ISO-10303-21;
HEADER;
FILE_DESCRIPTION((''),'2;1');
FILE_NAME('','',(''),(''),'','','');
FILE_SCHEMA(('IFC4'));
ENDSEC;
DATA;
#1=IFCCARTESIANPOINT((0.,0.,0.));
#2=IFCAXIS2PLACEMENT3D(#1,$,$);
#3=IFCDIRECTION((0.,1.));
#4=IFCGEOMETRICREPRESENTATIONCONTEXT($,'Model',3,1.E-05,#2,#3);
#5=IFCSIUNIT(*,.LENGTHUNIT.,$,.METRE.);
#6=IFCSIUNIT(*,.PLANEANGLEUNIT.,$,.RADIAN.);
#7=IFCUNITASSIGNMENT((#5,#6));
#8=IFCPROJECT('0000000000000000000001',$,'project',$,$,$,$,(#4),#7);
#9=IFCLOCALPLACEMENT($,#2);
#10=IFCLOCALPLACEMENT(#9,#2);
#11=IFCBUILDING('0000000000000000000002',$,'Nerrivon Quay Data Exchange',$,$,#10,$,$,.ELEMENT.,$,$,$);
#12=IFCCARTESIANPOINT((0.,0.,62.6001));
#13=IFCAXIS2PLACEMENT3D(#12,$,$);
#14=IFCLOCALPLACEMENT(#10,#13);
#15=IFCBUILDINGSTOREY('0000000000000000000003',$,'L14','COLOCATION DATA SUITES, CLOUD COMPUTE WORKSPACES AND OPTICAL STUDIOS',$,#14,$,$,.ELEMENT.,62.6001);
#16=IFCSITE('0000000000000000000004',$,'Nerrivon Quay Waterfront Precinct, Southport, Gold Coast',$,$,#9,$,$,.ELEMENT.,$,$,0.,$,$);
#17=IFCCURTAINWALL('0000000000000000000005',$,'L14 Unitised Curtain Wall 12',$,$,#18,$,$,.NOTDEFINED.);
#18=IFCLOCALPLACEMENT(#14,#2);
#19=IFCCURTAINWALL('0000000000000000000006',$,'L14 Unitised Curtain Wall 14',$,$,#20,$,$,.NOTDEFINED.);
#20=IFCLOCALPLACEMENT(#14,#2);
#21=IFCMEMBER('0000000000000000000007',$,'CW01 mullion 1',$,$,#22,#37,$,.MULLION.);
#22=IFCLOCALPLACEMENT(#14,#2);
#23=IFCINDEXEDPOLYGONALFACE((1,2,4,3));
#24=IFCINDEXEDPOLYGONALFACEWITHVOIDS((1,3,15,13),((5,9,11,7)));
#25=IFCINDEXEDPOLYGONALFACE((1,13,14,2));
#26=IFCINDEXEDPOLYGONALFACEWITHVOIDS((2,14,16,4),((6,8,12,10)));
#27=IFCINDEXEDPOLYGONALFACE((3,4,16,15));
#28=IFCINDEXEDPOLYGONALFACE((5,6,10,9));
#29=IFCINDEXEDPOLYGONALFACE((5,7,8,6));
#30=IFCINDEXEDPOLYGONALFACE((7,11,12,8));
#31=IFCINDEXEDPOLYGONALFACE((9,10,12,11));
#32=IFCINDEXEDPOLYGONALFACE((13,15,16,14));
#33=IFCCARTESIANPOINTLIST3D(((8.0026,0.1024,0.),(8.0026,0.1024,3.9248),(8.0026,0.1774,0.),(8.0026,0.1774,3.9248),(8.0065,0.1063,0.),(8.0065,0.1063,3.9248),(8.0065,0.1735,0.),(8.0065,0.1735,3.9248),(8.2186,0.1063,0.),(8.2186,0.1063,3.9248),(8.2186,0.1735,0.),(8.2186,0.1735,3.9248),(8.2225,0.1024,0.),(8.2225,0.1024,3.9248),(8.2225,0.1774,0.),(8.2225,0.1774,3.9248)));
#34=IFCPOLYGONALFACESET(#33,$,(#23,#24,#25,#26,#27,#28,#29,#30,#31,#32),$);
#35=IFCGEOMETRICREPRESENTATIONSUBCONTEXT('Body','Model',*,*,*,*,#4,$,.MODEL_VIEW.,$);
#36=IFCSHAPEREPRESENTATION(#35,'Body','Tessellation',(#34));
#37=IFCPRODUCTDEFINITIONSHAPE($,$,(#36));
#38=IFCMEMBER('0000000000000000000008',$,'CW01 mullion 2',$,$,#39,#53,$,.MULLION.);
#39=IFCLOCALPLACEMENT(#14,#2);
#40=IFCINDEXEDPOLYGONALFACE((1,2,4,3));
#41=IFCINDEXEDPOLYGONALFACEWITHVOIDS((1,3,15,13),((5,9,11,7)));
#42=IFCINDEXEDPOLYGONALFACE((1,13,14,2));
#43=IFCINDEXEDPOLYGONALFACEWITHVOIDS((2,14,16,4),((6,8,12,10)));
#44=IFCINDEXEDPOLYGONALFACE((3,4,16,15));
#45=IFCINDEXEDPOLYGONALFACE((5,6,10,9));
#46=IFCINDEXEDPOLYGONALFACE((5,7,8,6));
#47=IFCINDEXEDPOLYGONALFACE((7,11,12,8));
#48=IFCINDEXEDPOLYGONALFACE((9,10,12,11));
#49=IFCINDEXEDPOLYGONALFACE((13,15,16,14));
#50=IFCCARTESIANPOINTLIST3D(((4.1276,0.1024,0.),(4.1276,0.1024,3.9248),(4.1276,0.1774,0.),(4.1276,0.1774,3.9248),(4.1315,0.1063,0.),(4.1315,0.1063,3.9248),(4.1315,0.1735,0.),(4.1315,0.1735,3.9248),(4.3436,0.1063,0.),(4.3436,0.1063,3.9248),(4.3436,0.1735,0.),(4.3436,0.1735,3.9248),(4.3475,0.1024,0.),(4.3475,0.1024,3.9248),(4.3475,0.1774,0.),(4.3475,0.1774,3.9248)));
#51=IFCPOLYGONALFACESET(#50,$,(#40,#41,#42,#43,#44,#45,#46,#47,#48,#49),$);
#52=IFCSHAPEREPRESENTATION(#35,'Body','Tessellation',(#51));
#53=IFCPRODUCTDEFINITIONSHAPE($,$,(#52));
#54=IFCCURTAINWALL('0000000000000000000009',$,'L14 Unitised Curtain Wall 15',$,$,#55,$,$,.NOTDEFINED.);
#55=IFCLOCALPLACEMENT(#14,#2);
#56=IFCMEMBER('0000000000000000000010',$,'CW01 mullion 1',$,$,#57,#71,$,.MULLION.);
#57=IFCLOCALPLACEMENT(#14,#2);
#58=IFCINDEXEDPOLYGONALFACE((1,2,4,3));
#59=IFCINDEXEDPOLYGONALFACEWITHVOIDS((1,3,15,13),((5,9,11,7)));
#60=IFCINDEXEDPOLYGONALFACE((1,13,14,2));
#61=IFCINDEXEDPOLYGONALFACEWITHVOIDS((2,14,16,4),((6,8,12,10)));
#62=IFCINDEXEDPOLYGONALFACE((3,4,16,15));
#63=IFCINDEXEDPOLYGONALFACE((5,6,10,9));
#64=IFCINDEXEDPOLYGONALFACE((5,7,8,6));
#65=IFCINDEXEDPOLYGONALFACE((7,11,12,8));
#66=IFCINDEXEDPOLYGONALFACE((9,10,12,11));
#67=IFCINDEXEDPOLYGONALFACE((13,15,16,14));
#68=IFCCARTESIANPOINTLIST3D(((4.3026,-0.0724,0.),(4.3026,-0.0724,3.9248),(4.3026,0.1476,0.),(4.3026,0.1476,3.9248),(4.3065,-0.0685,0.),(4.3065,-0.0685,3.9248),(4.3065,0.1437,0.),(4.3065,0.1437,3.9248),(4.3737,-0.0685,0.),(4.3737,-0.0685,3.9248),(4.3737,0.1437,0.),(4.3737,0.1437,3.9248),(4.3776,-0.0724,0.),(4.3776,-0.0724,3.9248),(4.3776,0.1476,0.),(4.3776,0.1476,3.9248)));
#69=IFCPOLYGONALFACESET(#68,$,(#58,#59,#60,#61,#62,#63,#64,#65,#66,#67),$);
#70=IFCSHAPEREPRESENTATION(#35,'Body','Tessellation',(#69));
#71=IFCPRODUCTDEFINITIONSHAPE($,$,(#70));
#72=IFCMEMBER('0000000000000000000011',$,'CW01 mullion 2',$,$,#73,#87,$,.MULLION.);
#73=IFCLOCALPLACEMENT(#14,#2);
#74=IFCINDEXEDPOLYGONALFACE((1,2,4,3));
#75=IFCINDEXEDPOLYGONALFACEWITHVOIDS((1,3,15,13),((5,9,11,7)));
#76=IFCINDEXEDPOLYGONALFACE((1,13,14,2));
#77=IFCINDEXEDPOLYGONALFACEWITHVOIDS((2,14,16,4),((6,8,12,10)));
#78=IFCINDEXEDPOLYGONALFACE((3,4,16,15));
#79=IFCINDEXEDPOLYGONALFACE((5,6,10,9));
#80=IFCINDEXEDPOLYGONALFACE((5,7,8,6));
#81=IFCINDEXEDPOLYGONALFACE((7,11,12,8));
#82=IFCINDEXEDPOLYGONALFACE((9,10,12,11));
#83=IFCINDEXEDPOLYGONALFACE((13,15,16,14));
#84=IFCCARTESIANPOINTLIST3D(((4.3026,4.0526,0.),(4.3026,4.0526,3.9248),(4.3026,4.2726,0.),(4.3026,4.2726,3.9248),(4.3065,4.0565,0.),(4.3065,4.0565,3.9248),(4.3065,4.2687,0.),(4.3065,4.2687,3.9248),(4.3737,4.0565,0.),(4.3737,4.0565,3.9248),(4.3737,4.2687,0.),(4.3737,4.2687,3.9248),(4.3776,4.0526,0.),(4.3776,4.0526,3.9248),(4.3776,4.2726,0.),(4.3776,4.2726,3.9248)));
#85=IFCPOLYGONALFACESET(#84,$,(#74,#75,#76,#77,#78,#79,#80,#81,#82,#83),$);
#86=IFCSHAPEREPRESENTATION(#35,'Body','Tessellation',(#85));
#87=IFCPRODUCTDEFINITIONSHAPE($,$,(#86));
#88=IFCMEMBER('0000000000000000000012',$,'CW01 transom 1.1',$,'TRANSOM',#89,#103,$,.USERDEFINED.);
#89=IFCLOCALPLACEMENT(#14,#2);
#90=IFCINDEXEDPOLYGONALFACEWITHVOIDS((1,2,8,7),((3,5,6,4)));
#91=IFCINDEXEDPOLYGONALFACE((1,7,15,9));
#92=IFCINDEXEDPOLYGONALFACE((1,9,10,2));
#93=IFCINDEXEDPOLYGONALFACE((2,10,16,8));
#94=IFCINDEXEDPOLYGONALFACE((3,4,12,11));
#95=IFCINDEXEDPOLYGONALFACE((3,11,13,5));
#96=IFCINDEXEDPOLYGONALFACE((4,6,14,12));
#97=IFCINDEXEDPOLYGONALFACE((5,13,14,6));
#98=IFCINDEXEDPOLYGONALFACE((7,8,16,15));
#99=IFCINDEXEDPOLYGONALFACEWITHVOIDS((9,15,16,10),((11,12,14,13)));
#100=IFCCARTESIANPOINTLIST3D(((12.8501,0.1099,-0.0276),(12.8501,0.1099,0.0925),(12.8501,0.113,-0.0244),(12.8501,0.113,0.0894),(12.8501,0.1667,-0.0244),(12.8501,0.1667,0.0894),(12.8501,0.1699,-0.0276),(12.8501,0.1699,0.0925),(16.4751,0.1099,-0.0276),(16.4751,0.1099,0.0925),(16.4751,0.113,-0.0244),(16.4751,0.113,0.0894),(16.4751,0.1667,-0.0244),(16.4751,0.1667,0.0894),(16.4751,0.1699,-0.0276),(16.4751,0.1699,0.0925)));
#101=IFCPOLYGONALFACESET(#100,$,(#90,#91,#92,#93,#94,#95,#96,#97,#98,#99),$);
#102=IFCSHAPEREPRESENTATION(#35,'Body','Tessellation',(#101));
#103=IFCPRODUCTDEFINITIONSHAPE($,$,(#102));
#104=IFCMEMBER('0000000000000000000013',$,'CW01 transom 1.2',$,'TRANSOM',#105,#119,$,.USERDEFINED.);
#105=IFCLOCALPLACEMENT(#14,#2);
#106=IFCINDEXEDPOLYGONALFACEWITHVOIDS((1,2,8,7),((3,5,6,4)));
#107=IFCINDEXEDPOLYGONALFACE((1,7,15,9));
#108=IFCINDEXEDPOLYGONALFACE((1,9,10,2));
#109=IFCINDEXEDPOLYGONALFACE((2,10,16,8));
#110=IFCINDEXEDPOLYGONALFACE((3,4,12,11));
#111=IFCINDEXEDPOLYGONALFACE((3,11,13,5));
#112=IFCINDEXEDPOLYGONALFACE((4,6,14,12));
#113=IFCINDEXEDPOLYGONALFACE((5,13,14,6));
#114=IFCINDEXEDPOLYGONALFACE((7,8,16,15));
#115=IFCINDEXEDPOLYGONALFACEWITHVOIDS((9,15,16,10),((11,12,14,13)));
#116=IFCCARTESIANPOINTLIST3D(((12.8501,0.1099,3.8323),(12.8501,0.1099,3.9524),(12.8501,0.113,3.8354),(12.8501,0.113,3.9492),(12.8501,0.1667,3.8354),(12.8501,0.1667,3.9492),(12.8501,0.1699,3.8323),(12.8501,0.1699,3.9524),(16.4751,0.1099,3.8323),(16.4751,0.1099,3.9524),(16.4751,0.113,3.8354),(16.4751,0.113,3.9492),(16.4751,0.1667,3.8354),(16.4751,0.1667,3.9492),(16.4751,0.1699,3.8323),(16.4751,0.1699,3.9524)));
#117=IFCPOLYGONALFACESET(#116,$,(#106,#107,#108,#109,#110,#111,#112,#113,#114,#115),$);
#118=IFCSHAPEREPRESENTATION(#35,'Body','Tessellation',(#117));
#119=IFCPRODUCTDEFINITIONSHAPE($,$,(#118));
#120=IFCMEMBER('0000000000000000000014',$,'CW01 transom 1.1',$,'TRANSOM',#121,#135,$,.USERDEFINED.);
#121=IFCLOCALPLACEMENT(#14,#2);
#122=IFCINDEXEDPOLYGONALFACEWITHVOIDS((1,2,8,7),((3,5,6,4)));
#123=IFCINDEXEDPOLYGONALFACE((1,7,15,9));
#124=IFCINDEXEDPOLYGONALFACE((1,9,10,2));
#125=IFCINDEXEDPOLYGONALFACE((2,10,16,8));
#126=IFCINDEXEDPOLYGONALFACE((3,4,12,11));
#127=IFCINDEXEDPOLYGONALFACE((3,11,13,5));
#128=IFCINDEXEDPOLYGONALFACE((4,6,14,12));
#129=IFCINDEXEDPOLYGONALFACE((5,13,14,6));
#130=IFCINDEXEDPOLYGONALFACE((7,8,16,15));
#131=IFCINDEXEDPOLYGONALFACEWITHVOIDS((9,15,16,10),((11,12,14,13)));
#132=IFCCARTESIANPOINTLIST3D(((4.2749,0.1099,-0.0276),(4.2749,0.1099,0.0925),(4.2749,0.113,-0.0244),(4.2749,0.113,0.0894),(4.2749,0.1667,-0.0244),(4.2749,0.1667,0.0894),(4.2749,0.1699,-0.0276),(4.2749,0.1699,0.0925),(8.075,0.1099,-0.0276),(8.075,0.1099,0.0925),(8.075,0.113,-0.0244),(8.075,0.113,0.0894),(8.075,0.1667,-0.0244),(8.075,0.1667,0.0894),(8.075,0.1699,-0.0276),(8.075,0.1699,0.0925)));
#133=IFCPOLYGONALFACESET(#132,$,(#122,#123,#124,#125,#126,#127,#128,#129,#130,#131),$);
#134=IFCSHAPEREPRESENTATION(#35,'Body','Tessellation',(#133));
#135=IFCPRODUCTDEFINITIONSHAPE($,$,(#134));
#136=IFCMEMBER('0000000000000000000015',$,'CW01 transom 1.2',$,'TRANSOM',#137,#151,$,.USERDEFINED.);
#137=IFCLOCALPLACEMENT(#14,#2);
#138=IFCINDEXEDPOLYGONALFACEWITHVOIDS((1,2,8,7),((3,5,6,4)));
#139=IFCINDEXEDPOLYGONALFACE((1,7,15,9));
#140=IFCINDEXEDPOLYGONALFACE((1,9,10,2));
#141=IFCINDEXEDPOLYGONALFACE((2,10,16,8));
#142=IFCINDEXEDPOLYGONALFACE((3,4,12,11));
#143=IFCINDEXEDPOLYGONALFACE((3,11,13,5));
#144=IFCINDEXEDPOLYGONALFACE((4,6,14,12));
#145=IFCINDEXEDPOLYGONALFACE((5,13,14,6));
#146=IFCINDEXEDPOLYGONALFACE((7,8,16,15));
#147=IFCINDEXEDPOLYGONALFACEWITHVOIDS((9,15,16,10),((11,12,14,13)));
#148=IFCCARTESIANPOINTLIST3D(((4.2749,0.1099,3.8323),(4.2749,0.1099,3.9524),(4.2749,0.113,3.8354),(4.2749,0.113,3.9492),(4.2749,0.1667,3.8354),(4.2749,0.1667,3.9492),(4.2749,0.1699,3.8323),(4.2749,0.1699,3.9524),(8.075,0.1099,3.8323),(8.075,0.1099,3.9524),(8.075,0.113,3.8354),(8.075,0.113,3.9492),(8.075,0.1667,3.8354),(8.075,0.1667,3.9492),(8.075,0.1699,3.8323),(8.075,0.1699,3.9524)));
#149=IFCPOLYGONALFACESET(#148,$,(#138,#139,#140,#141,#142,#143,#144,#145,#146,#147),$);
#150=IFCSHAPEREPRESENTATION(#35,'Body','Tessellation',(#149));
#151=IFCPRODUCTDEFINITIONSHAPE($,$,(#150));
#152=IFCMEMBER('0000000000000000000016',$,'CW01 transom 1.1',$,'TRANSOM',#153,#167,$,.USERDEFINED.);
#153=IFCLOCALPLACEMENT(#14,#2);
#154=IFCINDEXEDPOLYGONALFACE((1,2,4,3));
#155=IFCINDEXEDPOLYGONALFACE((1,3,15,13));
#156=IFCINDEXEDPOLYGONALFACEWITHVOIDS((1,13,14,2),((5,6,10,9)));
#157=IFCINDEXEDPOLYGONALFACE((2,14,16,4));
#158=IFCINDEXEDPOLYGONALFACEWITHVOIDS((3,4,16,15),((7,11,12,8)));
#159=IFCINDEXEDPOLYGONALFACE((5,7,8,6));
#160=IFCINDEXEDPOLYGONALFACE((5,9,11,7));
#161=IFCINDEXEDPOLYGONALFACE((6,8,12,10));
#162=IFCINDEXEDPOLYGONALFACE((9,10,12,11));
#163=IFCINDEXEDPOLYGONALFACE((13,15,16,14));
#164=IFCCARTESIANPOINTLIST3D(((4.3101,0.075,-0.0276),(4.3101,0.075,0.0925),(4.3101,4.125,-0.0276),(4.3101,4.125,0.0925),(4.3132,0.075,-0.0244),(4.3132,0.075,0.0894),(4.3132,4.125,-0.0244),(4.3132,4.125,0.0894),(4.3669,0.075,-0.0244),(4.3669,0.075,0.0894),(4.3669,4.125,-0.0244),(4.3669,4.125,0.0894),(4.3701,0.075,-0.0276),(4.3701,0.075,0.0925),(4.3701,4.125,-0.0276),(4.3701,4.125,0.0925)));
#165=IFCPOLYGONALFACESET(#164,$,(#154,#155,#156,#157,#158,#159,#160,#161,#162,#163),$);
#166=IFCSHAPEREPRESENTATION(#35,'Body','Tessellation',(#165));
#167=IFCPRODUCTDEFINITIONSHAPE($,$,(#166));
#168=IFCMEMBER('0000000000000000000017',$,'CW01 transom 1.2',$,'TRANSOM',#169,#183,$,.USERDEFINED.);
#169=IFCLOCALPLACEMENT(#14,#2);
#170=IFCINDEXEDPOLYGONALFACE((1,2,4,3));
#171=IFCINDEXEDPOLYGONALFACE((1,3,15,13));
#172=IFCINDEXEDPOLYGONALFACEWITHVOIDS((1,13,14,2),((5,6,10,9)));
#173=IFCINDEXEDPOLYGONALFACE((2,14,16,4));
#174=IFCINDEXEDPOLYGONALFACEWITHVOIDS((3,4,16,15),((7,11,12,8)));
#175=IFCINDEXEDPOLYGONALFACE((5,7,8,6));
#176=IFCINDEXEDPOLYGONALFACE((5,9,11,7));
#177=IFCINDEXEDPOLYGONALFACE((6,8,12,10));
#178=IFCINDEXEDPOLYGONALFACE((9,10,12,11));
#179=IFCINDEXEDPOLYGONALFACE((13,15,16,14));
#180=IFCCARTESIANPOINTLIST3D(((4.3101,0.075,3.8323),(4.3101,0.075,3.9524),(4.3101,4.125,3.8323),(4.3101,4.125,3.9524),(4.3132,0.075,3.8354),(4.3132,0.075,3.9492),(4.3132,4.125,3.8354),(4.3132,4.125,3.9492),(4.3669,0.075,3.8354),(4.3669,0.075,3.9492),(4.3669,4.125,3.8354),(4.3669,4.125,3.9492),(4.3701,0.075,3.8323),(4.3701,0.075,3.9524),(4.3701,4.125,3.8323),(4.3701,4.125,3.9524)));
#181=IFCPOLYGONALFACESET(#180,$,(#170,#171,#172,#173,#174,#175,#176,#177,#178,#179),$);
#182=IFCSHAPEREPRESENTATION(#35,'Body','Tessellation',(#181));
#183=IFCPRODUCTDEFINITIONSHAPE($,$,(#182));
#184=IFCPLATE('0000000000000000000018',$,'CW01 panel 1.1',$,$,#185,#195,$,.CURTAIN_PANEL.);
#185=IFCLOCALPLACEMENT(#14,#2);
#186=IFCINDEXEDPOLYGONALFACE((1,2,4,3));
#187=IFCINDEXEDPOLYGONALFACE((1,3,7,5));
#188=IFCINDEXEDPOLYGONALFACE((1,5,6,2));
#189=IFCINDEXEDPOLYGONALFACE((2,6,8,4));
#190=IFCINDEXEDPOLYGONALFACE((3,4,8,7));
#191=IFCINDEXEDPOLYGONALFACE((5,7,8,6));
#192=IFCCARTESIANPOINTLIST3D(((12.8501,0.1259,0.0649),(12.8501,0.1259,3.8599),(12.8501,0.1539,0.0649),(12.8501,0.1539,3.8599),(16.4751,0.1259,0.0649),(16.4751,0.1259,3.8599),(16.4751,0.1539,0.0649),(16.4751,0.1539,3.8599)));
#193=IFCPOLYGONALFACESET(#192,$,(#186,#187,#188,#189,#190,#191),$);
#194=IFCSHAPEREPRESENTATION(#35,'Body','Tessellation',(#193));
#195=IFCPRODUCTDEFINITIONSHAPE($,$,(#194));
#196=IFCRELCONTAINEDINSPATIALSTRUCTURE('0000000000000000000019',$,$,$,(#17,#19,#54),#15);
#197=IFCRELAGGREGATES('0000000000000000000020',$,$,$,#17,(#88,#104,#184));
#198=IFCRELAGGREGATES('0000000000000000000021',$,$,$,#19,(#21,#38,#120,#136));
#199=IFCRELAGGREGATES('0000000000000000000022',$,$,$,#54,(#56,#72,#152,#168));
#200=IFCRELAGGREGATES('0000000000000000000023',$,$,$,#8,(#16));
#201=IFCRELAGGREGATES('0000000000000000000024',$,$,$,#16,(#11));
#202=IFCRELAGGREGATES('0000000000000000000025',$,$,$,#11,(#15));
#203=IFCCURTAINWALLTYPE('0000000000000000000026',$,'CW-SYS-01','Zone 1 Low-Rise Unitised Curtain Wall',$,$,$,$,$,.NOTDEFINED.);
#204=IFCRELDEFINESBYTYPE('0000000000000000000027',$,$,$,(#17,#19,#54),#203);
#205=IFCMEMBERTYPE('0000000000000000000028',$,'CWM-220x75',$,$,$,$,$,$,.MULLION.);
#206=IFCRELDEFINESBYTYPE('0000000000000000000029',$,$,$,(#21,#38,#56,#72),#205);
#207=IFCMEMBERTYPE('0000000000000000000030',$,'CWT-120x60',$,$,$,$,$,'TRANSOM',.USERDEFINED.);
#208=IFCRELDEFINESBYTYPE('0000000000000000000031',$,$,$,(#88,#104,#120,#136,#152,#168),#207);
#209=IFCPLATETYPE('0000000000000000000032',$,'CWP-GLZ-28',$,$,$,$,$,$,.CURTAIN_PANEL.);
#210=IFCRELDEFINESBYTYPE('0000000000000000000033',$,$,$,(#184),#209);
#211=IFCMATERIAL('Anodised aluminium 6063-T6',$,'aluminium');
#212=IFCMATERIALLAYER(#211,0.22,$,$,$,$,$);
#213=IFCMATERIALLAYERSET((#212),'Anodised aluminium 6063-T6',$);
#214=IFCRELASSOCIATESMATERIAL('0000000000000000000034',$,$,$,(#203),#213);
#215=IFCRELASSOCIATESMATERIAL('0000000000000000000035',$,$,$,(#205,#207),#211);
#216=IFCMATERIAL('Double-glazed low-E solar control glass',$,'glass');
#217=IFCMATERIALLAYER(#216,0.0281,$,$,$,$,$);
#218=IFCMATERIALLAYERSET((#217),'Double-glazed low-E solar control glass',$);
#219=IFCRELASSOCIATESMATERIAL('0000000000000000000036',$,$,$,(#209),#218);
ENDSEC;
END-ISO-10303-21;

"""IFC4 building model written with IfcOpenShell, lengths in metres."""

from ifc_helpers import new_model, si_unit, direction, frame, origin, origin_2d, place, context, subcontext, project, spatial, rectangle, hollow_rectangle, extrude, material, layer, layer_set, material_profile, profile_set, type_object, element, aggregate, save


model = new_model("IFC4")

# Units and contexts
model_context = context("Model", 3, precision=1e-05, world=origin(), true_north=direction((0.0, 1.0)))
body_context = subcontext(model_context, "Body", "Model", "MODEL_VIEW")
ifc_project = project(units=[si_unit("LENGTHUNIT", "METRE"), si_unit("PLANEANGLEUNIT", "RADIAN")], contexts=[model_context])

# Site, building, storey
site_placement = place(None, origin())
site = spatial("IfcSite", under=ifc_project, at=site_placement, Name="Nerrivon Quay Waterfront Precinct, Southport, Gold Coast", CompositionType="ELEMENT", RefElevation=0.0)
building_placement = place(site_placement, origin())
building = spatial("IfcBuilding", under=site, at=building_placement, Name="Nerrivon Quay Data Exchange", CompositionType="ELEMENT")
storey_placement = place(building_placement, frame((0.0, 0.0, 62.6001)))
storey = spatial("IfcBuildingStorey", under=building, at=storey_placement, Name="L14", Description="COLOCATION DATA SUITES, CLOUD COMPUTE WORKSPACES AND OPTICAL STUDIOS", CompositionType="ELEMENT", Elevation=62.6001)

# Curtain walls, members
ifc_material_1 = material(Name="Anodised aluminium 6063-T6", Category="aluminium")
ifc_layer_1 = layer(ifc_material_1, 0.22)
ifc_layer_set_1 = layer_set([ifc_layer_1], Name="Anodised aluminium 6063-T6")
curtain_wall_type = type_object("IfcCurtainWallType", Name="CW-SYS-01", Description="Zone 1 Low-Rise Unitised Curtain Wall", PredefinedType="NOTDEFINED", material=ifc_layer_set_1)
curtain_wall_1_placement = place(storey_placement, origin())
curtain_wall_1 = element("IfcCurtainWall", 1, at=curtain_wall_1_placement, inside=storey, type_object=curtain_wall_type, Name="L14 Unitised Curtain Wall 12", PredefinedType="NOTDEFINED")
ifc_material_profile_1 = material_profile(ifc_material_1, hollow_rectangle(XDim=0.075, YDim=0.22, WallThickness=0.0039, at=origin_2d()), Name="ALU-MULL-220x75")
ifc_profile_set_1 = profile_set([ifc_material_profile_1], Name="Anodised aluminium 6063-T6")
member_type_1 = type_object("IfcMemberType", Name="CWM-220x75", PredefinedType="MULLION", material=ifc_profile_set_1)
curtain_wall_2_placement = place(storey_placement, origin())
curtain_wall_2 = element("IfcCurtainWall", 2, at=curtain_wall_2_placement, inside=storey, type_object=curtain_wall_type, Name="L14 Unitised Curtain Wall 14", PredefinedType="NOTDEFINED")
member_1_placement = place(storey_placement, frame((8.1125, 0.1399, 0.0), z_axis=(0.0, 0.0, 1.0), x_axis=(0.0, -1.0, 0.0)))
member_1 = element("IfcMember", 3, at=member_1_placement, type_object=member_type_1, Name="CW01 mullion 1", PredefinedType="MULLION", context=body_context, shape_type="SweptSolid", body=[
    extrude(hollow_rectangle(XDim=0.075, YDim=0.22, WallThickness=0.0039, at=origin_2d()), origin(), (0.0, 0.0, 1.0), 3.9248),
])
member_2_placement = place(storey_placement, frame((4.2375, 0.1399, 0.0), z_axis=(0.0, 0.0, 1.0), x_axis=(0.0, -1.0, 0.0)))
member_2 = element("IfcMember", 4, at=member_2_placement, type_object=member_type_1, Name="CW01 mullion 2", PredefinedType="MULLION", context=body_context, shape_type="SweptSolid", body=[
    extrude(hollow_rectangle(XDim=0.075, YDim=0.22, WallThickness=0.0039, at=origin_2d()), origin(), (0.0, 0.0, 1.0), 3.9248),
])
curtain_wall_3_placement = place(storey_placement, origin())
curtain_wall_3 = element("IfcCurtainWall", 5, at=curtain_wall_3_placement, inside=storey, type_object=curtain_wall_type, Name="L14 Unitised Curtain Wall 15", PredefinedType="NOTDEFINED")
member_3_placement = place(storey_placement, frame((4.3401, 0.0376, 0.0), z_axis=(0.0, 0.0, 1.0), x_axis=(-1.0, 0.0, 0.0)))
member_3 = element("IfcMember", 6, at=member_3_placement, type_object=member_type_1, Name="CW01 mullion 1", PredefinedType="MULLION", context=body_context, shape_type="SweptSolid", body=[
    extrude(hollow_rectangle(XDim=0.075, YDim=0.22, WallThickness=0.0039, at=origin_2d()), origin(), (0.0, 0.0, 1.0), 3.9248),
])
member_4_placement = place(storey_placement, frame((4.3401, 4.1626, 0.0), z_axis=(0.0, 0.0, 1.0), x_axis=(-1.0, 0.0, 0.0)))
member_4 = element("IfcMember", 7, at=member_4_placement, type_object=member_type_1, Name="CW01 mullion 2", PredefinedType="MULLION", context=body_context, shape_type="SweptSolid", body=[
    extrude(hollow_rectangle(XDim=0.075, YDim=0.22, WallThickness=0.0039, at=origin_2d()), origin(), (0.0, 0.0, 1.0), 3.9248),
])

# Members
ifc_material_profile_2 = material_profile(ifc_material_1, hollow_rectangle(XDim=0.0601, YDim=0.1201, WallThickness=0.0032, at=origin_2d()), Name="ALU-TRAN-120x60")
ifc_profile_set_2 = profile_set([ifc_material_profile_2], Name="Anodised aluminium 6063-T6")
member_type_2 = type_object("IfcMemberType", Name="CWT-120x60", ElementType="TRANSOM", PredefinedType="USERDEFINED", material=ifc_profile_set_2)
member_5_placement = place(storey_placement, frame((16.4751, 0.1399, 0.0325), z_axis=(-1.0, 0.0, 0.0), x_axis=(0.0, -1.0, 0.0)))
member_5 = element("IfcMember", 8, at=member_5_placement, type_object=member_type_2, Name="CW01 transom 1.1", ObjectType="TRANSOM", PredefinedType="USERDEFINED", context=body_context, shape_type="SweptSolid", body=[
    extrude(hollow_rectangle(XDim=0.0601, YDim=0.1201, WallThickness=0.0032, at=origin_2d()), origin(), (0.0, 0.0, 1.0), 3.625),
])
member_6_placement = place(storey_placement, frame((16.4751, 0.1399, 3.8923), z_axis=(-1.0, 0.0, 0.0), x_axis=(0.0, -1.0, 0.0)))
member_6 = element("IfcMember", 9, at=member_6_placement, type_object=member_type_2, Name="CW01 transom 1.2", ObjectType="TRANSOM", PredefinedType="USERDEFINED", context=body_context, shape_type="SweptSolid", body=[
    extrude(hollow_rectangle(XDim=0.0601, YDim=0.1201, WallThickness=0.0032, at=origin_2d()), origin(), (0.0, 0.0, 1.0), 3.625),
])
member_7_placement = place(storey_placement, frame((8.075, 0.1399, 0.0325), z_axis=(-1.0, 0.0, 0.0), x_axis=(0.0, -1.0, 0.0)))
member_7 = element("IfcMember", 10, at=member_7_placement, type_object=member_type_2, Name="CW01 transom 1.1", ObjectType="TRANSOM", PredefinedType="USERDEFINED", context=body_context, shape_type="SweptSolid", body=[
    extrude(hollow_rectangle(XDim=0.0601, YDim=0.1201, WallThickness=0.0032, at=origin_2d()), origin(), (0.0, 0.0, 1.0), 3.8),
])
member_8_placement = place(storey_placement, frame((8.075, 0.1399, 3.8923), z_axis=(-1.0, 0.0, 0.0), x_axis=(0.0, -1.0, 0.0)))
member_8 = element("IfcMember", 11, at=member_8_placement, type_object=member_type_2, Name="CW01 transom 1.2", ObjectType="TRANSOM", PredefinedType="USERDEFINED", context=body_context, shape_type="SweptSolid", body=[
    extrude(hollow_rectangle(XDim=0.0601, YDim=0.1201, WallThickness=0.0032, at=origin_2d()), origin(), (0.0, 0.0, 1.0), 3.8),
])
member_9_placement = place(storey_placement, frame((4.3401, 0.075, 0.0325), z_axis=(0.0, 1.0, 0.0), x_axis=(-1.0, 0.0, 0.0)))
member_9 = element("IfcMember", 12, at=member_9_placement, type_object=member_type_2, Name="CW01 transom 1.1", ObjectType="TRANSOM", PredefinedType="USERDEFINED", context=body_context, shape_type="SweptSolid", body=[
    extrude(hollow_rectangle(XDim=0.0601, YDim=0.1201, WallThickness=0.0032, at=origin_2d()), origin(), (0.0, 0.0, 1.0), 4.05),
])
member_10_placement = place(storey_placement, frame((4.3401, 0.075, 3.8923), z_axis=(0.0, 1.0, 0.0), x_axis=(-1.0, 0.0, 0.0)))
member_10 = element("IfcMember", 13, at=member_10_placement, type_object=member_type_2, Name="CW01 transom 1.2", ObjectType="TRANSOM", PredefinedType="USERDEFINED", context=body_context, shape_type="SweptSolid", body=[
    extrude(hollow_rectangle(XDim=0.0601, YDim=0.1201, WallThickness=0.0032, at=origin_2d()), origin(), (0.0, 0.0, 1.0), 4.05),
])

# Plate
ifc_material_2 = material(Name="Double-glazed low-E solar control glass", Category="glass")
ifc_layer_2 = layer(ifc_material_2, 0.0281)
ifc_layer_set_2 = layer_set([ifc_layer_2], Name="Double-glazed low-E solar control glass")
plate_type = type_object("IfcPlateType", Name="CWP-GLZ-28", PredefinedType="CURTAIN_PANEL", material=ifc_layer_set_2)
plate_1_placement = place(storey_placement, frame((14.6626, 0.1399, 0.0649), z_axis=(0.0, 0.0, 1.0), x_axis=(-1.0, 0.0, 0.0)))
plate_1 = element("IfcPlate", 14, at=plate_1_placement, type_object=plate_type, Name="CW01 panel 1.1", PredefinedType="CURTAIN_PANEL", context=body_context, shape_type="SweptSolid", body=[
    extrude(rectangle(XDim=3.625, YDim=0.0281, at=origin_2d()), origin(), (0.0, 0.0, 1.0), 3.7949),
])
aggregate(curtain_wall_1, [member_5, member_6, plate_1])
aggregate(curtain_wall_2, [member_1, member_2, member_7, member_8])
aggregate(curtain_wall_3, [member_3, member_4, member_9, member_10])

save(model, "model.ifc")
